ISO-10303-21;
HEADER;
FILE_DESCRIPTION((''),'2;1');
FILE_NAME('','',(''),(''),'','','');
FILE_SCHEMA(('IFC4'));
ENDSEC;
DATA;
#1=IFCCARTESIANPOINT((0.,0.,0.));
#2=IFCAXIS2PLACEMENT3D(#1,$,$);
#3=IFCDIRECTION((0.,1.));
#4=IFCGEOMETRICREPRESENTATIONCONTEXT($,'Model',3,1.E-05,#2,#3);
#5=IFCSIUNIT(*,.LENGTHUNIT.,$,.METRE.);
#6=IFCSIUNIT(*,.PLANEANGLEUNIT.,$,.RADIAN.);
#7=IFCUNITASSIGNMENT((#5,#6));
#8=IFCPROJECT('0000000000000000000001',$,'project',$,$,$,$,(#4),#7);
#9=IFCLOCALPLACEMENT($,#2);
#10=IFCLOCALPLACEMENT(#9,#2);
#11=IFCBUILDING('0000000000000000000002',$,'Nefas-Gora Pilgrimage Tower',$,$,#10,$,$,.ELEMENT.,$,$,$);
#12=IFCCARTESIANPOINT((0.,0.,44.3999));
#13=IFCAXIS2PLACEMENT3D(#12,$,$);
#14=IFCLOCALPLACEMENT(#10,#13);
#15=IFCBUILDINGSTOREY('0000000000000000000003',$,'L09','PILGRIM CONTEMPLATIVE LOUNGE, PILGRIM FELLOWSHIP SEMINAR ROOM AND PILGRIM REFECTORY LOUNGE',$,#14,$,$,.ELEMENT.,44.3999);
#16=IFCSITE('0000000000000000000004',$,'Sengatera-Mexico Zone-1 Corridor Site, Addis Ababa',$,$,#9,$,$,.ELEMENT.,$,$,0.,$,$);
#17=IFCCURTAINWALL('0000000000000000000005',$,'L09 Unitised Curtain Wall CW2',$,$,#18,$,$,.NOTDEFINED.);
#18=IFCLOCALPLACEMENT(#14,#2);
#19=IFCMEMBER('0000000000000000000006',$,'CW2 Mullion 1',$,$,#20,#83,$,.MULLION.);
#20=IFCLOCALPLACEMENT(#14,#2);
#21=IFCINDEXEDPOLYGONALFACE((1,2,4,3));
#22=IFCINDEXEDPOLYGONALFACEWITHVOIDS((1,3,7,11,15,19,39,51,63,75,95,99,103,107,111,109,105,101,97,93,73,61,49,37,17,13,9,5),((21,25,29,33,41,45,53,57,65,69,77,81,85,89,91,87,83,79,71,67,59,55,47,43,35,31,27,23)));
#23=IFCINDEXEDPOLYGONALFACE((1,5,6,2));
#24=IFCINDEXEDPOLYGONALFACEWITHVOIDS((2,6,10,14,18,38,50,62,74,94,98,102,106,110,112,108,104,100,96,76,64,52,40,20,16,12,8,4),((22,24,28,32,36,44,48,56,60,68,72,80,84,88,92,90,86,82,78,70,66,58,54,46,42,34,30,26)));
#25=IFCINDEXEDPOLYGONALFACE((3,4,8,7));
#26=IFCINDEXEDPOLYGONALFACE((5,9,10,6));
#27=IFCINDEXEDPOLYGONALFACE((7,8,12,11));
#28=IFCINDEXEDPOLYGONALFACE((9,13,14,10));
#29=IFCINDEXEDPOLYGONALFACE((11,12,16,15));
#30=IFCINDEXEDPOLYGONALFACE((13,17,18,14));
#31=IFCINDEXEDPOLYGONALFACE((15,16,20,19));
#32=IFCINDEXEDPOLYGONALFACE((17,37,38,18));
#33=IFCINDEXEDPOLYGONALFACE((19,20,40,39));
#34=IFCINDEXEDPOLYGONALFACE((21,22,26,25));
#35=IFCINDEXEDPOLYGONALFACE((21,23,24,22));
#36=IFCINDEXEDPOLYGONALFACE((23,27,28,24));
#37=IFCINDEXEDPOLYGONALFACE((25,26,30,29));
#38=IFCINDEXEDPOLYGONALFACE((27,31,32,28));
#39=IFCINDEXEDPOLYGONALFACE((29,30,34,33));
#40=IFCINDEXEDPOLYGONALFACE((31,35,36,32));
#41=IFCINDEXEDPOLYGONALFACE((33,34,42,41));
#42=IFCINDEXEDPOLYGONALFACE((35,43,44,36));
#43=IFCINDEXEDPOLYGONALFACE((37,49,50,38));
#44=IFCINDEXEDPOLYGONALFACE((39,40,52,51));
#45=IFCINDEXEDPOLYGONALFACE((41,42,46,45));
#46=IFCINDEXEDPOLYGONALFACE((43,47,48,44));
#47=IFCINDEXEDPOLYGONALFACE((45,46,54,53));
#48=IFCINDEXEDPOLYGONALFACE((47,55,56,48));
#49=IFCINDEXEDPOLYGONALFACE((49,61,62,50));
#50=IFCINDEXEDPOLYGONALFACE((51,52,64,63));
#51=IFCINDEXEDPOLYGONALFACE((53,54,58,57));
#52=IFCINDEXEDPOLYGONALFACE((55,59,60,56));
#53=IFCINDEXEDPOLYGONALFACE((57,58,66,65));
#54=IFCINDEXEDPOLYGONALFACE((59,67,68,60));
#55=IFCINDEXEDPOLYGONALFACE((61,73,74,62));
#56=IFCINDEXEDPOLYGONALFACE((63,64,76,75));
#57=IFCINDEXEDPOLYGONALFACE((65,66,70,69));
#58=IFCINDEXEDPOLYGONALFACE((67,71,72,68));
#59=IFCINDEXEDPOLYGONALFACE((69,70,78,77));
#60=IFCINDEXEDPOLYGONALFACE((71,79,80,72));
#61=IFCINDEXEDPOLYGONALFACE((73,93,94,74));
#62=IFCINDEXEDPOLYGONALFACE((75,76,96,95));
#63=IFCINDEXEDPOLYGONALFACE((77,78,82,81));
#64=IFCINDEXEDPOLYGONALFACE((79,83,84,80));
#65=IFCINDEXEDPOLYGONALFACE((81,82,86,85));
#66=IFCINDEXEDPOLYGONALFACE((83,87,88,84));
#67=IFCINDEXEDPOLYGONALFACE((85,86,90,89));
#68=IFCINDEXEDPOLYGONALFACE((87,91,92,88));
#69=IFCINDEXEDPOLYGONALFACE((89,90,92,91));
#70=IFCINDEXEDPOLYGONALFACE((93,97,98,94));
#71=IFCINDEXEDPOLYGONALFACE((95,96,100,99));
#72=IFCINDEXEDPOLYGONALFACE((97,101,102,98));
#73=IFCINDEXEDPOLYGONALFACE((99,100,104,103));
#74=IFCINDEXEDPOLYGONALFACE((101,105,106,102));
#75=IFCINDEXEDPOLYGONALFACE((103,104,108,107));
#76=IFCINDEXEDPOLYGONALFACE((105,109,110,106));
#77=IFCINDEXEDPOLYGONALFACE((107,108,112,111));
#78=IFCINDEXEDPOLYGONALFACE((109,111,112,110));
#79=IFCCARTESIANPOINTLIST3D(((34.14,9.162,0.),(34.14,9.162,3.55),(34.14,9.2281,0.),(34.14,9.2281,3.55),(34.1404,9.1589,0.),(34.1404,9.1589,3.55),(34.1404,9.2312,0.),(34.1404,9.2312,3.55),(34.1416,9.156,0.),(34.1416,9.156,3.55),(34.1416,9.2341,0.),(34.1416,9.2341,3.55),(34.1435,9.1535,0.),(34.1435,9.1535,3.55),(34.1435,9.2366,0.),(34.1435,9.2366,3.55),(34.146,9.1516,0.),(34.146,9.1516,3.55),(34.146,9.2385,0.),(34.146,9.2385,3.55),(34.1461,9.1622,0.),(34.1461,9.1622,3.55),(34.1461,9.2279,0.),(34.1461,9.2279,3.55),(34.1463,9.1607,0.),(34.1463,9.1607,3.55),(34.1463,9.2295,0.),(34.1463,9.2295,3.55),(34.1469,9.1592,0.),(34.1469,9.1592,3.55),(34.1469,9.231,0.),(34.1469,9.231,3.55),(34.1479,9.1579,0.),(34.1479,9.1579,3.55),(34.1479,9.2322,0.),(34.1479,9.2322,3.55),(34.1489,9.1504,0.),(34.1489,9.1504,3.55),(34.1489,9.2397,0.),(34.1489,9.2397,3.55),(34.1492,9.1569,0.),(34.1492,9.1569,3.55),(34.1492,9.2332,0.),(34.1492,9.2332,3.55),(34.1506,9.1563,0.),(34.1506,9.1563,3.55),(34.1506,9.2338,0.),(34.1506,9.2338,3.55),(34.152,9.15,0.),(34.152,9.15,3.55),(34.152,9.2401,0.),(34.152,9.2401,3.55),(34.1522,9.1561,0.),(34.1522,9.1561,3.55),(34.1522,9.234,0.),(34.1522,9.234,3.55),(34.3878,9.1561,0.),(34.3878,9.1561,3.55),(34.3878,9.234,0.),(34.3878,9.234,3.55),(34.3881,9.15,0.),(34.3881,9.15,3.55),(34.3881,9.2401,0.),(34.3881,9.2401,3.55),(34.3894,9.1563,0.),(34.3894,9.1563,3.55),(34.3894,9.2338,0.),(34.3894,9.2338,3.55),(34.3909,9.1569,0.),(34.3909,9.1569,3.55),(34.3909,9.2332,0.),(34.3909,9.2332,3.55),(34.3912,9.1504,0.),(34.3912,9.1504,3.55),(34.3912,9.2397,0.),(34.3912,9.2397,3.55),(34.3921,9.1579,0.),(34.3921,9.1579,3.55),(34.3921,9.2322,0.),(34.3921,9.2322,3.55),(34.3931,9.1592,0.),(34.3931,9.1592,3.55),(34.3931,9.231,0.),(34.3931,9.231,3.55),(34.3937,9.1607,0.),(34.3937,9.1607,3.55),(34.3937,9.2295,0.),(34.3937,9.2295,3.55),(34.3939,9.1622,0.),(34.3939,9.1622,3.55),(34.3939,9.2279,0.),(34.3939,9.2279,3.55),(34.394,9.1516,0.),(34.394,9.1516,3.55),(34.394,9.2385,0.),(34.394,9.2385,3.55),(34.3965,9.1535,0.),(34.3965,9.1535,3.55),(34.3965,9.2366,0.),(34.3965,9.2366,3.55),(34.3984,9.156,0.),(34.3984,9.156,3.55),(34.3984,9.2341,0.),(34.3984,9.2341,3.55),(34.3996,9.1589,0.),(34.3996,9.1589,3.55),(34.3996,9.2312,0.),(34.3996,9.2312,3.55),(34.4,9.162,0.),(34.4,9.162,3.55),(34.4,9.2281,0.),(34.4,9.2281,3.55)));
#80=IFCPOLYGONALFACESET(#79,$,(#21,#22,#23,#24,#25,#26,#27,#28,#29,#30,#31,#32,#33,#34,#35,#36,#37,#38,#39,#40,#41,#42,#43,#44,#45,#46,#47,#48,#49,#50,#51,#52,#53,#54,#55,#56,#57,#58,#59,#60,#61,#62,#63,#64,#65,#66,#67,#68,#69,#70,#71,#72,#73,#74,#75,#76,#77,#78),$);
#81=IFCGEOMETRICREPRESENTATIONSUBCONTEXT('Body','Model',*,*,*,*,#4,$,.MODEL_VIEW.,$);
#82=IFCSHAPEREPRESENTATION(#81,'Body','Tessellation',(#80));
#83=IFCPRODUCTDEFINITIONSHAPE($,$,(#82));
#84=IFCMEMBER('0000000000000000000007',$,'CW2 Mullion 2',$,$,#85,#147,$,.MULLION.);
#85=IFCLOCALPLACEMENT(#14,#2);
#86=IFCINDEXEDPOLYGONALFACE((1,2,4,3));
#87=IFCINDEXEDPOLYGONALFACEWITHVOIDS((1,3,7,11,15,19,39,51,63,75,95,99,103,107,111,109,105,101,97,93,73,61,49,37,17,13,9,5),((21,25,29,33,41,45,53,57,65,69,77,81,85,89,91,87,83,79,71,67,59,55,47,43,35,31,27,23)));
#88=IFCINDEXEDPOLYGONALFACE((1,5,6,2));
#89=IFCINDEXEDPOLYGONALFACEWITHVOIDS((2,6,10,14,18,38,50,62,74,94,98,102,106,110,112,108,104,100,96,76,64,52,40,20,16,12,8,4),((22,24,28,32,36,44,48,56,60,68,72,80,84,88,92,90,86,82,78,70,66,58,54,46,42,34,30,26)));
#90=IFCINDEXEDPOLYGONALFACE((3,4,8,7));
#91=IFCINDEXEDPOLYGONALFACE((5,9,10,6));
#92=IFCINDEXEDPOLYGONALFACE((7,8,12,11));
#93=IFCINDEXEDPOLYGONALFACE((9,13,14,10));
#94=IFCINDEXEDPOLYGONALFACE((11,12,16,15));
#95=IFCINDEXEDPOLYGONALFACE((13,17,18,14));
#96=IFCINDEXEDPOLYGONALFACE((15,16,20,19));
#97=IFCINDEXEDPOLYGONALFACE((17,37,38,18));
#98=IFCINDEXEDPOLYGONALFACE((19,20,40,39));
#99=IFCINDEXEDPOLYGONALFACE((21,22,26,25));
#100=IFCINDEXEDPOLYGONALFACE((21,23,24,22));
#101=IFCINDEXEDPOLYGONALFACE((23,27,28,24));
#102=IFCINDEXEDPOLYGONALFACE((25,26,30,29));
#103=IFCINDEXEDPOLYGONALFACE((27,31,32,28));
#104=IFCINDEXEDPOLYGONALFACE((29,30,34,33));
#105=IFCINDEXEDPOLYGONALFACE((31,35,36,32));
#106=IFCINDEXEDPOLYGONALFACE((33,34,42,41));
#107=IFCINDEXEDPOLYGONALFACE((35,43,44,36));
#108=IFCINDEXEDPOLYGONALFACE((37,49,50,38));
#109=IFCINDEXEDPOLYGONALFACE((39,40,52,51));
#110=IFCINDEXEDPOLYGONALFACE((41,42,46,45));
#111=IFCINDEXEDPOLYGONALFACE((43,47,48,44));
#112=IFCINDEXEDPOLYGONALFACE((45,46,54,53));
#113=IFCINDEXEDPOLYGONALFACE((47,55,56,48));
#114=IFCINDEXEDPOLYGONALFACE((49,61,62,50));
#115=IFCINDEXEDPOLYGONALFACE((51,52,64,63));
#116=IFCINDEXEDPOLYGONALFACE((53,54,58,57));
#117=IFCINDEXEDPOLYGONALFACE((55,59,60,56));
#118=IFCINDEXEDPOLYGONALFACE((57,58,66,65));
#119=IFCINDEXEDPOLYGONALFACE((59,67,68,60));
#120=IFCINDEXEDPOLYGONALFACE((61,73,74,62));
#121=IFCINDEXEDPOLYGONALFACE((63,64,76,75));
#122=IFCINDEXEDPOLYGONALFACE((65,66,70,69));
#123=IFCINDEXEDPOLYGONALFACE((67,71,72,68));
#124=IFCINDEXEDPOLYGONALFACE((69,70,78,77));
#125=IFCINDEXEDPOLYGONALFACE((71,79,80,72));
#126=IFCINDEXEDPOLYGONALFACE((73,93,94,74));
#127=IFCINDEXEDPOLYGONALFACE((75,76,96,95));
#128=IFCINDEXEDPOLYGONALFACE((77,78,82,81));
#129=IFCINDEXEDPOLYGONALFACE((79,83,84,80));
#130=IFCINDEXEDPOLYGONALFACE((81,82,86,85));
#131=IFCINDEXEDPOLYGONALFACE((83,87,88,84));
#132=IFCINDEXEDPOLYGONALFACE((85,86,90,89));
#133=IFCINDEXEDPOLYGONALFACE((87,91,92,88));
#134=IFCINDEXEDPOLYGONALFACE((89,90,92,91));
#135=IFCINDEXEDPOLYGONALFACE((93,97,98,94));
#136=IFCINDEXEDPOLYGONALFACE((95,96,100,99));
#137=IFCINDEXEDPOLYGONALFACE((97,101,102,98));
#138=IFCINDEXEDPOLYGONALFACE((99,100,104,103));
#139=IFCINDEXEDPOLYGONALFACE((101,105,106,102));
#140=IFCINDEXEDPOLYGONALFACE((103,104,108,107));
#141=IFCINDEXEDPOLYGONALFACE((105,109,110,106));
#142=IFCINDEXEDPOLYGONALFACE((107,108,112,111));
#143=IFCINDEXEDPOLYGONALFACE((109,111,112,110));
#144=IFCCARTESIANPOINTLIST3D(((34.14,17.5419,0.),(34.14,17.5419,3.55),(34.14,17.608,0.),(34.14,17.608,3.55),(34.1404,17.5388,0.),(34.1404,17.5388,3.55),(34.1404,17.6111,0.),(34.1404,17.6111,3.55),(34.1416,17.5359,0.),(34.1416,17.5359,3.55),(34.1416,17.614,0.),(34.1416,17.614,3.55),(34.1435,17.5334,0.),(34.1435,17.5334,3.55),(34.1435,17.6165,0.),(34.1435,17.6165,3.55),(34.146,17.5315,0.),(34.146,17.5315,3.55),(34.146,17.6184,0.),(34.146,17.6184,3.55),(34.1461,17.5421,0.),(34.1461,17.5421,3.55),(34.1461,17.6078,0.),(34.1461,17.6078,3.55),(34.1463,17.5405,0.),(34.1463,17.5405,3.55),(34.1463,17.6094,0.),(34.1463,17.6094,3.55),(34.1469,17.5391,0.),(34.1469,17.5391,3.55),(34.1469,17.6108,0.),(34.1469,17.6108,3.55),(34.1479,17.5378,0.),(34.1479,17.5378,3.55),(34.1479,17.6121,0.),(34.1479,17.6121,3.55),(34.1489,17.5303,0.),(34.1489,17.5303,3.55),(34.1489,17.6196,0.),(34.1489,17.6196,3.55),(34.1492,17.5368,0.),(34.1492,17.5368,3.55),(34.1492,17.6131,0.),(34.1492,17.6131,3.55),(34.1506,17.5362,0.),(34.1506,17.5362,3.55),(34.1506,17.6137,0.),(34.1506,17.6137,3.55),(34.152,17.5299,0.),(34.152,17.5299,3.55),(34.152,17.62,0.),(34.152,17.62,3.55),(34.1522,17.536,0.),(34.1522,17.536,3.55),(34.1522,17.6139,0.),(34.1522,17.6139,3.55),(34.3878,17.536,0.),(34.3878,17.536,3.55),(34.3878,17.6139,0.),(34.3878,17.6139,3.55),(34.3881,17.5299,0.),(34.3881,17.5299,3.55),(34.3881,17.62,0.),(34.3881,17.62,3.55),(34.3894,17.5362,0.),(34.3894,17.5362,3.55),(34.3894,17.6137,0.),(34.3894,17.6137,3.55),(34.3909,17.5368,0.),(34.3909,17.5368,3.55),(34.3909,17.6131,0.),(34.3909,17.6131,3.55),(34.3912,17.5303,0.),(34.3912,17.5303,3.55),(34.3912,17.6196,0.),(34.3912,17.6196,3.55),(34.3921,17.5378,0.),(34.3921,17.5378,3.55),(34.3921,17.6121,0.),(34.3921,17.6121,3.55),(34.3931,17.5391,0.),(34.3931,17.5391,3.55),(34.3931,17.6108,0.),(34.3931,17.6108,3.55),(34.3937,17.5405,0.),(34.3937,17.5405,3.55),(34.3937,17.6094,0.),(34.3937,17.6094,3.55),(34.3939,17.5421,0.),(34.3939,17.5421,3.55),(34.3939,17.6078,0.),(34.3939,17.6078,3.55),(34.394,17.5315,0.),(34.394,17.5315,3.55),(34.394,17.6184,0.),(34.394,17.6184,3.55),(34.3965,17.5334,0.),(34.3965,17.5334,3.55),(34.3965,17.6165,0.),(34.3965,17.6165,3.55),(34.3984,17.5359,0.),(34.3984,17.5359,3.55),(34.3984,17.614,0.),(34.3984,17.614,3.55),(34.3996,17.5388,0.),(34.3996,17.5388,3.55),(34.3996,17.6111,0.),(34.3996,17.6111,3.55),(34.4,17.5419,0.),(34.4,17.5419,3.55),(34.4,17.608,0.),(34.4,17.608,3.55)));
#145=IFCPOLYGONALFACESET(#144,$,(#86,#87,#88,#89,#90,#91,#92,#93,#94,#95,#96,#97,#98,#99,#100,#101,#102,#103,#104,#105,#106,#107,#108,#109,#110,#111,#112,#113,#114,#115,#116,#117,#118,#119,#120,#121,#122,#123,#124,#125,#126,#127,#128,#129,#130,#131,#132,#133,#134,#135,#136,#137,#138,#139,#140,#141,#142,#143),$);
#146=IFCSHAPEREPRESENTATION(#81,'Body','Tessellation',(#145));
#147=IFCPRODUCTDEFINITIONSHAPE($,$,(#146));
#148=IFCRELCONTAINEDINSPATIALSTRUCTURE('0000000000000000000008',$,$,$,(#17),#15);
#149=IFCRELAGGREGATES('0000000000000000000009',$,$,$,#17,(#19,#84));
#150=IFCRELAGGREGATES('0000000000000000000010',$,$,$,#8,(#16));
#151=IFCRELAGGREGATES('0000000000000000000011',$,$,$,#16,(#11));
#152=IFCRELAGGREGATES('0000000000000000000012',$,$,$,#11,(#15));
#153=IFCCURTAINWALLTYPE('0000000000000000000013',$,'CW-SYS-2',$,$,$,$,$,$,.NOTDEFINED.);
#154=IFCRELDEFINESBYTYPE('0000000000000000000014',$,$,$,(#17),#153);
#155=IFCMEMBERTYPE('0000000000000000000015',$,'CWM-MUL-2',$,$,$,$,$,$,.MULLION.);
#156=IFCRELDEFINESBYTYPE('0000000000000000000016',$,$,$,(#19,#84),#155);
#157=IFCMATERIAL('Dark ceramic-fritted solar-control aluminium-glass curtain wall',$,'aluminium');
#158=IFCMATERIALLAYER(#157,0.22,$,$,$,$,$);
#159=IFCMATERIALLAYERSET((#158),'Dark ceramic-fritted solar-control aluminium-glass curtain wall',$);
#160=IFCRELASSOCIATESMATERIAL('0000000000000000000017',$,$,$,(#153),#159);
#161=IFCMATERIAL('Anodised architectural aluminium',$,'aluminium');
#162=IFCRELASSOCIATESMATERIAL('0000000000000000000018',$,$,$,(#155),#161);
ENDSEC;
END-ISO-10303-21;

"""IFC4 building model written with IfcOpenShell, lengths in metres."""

from ifc_helpers import new_model, si_unit, direction, frame, origin, origin_2d, place, context, subcontext, project, spatial, hollow_rectangle, extrude, source, transform, mapped, material, layer, layer_set, material_profile, profile_set, type_object, element, aggregate, save


model = new_model("IFC4")

# Units and contexts
model_context = context("Model", 3, precision=1e-05, world=origin(), true_north=direction((0.0, 1.0)))
body_context = subcontext(model_context, "Body", "Model", "MODEL_VIEW")
ifc_project = project(units=[si_unit("LENGTHUNIT", "METRE"), si_unit("PLANEANGLEUNIT", "RADIAN")], contexts=[model_context])

# Site, building, storey
site_placement = place(None, origin())
site = spatial("IfcSite", under=ifc_project, at=site_placement, Name="Sengatera-Mexico Zone-1 Corridor Site, Addis Ababa", CompositionType="ELEMENT", RefElevation=0.0)
building_placement = place(site_placement, origin())
building = spatial("IfcBuilding", under=site, at=building_placement, Name="Nefas-Gora Pilgrimage Tower", CompositionType="ELEMENT")
storey_placement = place(building_placement, frame((0.0, 0.0, 44.3999)))
storey = spatial("IfcBuildingStorey", under=building, at=storey_placement, Name="L09", Description="PILGRIM CONTEMPLATIVE LOUNGE, PILGRIM FELLOWSHIP SEMINAR ROOM AND PILGRIM REFECTORY LOUNGE", CompositionType="ELEMENT", Elevation=44.3999)

# Curtain wall, members
ifc_material_1 = material(Name="Dark ceramic-fritted solar-control aluminium-glass curtain wall", Category="aluminium")
ifc_layer_1 = layer(ifc_material_1, 0.22)
ifc_layer_set_1 = layer_set([ifc_layer_1], Name="Dark ceramic-fritted solar-control aluminium-glass curtain wall")
curtain_wall_type = type_object("IfcCurtainWallType", Name="CW-SYS-2", PredefinedType="NOTDEFINED", material=ifc_layer_set_1)
curtain_wall_1_placement = place(storey_placement, origin())
curtain_wall_1 = element("IfcCurtainWall", 1, at=curtain_wall_1_placement, inside=storey, type_object=curtain_wall_type, Name="L09 Unitised Curtain Wall CW2", PredefinedType="NOTDEFINED")
ifc_material_2 = material(Name="Anodised architectural aluminium", Category="aluminium")
ifc_material_profile_1 = material_profile(ifc_material_2, hollow_rectangle(XDim=0.0901, YDim=0.26, WallThickness=0.0061, InnerFilletRadius=0.0061, OuterFilletRadius=0.012, at=origin_2d()), Name="ALU MULLION 90x260")
ifc_profile_set_1 = profile_set([ifc_material_profile_1], Name="Anodised architectural aluminium")
member_type_1 = type_object("IfcMemberType", Name="CWM-MUL-2", PredefinedType="MULLION", material=ifc_profile_set_1)
shared_shape_1 = source(origin(), body_context, "Body", "SweptSolid", [
    extrude(hollow_rectangle(XDim=0.0901, YDim=0.26, WallThickness=0.0061, InnerFilletRadius=0.0061, OuterFilletRadius=0.012, at=origin_2d()), origin(), (0.0, 0.0, 1.0), 3.55),
])
member_1_placement = place(storey_placement, frame((34.27, 9.1951, 0.0), z_axis=(0.0, 0.0, 1.0), x_axis=(0.0, 1.0, 0.0)))
member_1 = element("IfcMember", 2, at=member_1_placement, type_object=member_type_1, Name="CW2 Mullion 1", PredefinedType="MULLION", context=body_context, shape_type="MappedRepresentation", body=[
    mapped(shared_shape_1, transform((0.0, 0.0, 0.0), x_axis=(1.0, 0.0, 0.0), y_axis=(0.0, 1.0, 0.0), z_axis=(0.0, 0.0, 1.0), scale=1.0)),
])
member_2_placement = place(storey_placement, frame((34.27, 17.575, 0.0), z_axis=(0.0, 0.0, 1.0), x_axis=(0.0, 1.0, 0.0)))
member_2 = element("IfcMember", 3, at=member_2_placement, type_object=member_type_1, Name="CW2 Mullion 2", PredefinedType="MULLION", context=body_context, shape_type="MappedRepresentation", body=[
    mapped(shared_shape_1, transform((0.0, 0.0, 0.0), x_axis=(1.0, 0.0, 0.0), y_axis=(0.0, 1.0, 0.0), z_axis=(0.0, 0.0, 1.0), scale=1.0)),
])

aggregate(curtain_wall_1, [member_1, member_2])

save(model, "model.ifc")
